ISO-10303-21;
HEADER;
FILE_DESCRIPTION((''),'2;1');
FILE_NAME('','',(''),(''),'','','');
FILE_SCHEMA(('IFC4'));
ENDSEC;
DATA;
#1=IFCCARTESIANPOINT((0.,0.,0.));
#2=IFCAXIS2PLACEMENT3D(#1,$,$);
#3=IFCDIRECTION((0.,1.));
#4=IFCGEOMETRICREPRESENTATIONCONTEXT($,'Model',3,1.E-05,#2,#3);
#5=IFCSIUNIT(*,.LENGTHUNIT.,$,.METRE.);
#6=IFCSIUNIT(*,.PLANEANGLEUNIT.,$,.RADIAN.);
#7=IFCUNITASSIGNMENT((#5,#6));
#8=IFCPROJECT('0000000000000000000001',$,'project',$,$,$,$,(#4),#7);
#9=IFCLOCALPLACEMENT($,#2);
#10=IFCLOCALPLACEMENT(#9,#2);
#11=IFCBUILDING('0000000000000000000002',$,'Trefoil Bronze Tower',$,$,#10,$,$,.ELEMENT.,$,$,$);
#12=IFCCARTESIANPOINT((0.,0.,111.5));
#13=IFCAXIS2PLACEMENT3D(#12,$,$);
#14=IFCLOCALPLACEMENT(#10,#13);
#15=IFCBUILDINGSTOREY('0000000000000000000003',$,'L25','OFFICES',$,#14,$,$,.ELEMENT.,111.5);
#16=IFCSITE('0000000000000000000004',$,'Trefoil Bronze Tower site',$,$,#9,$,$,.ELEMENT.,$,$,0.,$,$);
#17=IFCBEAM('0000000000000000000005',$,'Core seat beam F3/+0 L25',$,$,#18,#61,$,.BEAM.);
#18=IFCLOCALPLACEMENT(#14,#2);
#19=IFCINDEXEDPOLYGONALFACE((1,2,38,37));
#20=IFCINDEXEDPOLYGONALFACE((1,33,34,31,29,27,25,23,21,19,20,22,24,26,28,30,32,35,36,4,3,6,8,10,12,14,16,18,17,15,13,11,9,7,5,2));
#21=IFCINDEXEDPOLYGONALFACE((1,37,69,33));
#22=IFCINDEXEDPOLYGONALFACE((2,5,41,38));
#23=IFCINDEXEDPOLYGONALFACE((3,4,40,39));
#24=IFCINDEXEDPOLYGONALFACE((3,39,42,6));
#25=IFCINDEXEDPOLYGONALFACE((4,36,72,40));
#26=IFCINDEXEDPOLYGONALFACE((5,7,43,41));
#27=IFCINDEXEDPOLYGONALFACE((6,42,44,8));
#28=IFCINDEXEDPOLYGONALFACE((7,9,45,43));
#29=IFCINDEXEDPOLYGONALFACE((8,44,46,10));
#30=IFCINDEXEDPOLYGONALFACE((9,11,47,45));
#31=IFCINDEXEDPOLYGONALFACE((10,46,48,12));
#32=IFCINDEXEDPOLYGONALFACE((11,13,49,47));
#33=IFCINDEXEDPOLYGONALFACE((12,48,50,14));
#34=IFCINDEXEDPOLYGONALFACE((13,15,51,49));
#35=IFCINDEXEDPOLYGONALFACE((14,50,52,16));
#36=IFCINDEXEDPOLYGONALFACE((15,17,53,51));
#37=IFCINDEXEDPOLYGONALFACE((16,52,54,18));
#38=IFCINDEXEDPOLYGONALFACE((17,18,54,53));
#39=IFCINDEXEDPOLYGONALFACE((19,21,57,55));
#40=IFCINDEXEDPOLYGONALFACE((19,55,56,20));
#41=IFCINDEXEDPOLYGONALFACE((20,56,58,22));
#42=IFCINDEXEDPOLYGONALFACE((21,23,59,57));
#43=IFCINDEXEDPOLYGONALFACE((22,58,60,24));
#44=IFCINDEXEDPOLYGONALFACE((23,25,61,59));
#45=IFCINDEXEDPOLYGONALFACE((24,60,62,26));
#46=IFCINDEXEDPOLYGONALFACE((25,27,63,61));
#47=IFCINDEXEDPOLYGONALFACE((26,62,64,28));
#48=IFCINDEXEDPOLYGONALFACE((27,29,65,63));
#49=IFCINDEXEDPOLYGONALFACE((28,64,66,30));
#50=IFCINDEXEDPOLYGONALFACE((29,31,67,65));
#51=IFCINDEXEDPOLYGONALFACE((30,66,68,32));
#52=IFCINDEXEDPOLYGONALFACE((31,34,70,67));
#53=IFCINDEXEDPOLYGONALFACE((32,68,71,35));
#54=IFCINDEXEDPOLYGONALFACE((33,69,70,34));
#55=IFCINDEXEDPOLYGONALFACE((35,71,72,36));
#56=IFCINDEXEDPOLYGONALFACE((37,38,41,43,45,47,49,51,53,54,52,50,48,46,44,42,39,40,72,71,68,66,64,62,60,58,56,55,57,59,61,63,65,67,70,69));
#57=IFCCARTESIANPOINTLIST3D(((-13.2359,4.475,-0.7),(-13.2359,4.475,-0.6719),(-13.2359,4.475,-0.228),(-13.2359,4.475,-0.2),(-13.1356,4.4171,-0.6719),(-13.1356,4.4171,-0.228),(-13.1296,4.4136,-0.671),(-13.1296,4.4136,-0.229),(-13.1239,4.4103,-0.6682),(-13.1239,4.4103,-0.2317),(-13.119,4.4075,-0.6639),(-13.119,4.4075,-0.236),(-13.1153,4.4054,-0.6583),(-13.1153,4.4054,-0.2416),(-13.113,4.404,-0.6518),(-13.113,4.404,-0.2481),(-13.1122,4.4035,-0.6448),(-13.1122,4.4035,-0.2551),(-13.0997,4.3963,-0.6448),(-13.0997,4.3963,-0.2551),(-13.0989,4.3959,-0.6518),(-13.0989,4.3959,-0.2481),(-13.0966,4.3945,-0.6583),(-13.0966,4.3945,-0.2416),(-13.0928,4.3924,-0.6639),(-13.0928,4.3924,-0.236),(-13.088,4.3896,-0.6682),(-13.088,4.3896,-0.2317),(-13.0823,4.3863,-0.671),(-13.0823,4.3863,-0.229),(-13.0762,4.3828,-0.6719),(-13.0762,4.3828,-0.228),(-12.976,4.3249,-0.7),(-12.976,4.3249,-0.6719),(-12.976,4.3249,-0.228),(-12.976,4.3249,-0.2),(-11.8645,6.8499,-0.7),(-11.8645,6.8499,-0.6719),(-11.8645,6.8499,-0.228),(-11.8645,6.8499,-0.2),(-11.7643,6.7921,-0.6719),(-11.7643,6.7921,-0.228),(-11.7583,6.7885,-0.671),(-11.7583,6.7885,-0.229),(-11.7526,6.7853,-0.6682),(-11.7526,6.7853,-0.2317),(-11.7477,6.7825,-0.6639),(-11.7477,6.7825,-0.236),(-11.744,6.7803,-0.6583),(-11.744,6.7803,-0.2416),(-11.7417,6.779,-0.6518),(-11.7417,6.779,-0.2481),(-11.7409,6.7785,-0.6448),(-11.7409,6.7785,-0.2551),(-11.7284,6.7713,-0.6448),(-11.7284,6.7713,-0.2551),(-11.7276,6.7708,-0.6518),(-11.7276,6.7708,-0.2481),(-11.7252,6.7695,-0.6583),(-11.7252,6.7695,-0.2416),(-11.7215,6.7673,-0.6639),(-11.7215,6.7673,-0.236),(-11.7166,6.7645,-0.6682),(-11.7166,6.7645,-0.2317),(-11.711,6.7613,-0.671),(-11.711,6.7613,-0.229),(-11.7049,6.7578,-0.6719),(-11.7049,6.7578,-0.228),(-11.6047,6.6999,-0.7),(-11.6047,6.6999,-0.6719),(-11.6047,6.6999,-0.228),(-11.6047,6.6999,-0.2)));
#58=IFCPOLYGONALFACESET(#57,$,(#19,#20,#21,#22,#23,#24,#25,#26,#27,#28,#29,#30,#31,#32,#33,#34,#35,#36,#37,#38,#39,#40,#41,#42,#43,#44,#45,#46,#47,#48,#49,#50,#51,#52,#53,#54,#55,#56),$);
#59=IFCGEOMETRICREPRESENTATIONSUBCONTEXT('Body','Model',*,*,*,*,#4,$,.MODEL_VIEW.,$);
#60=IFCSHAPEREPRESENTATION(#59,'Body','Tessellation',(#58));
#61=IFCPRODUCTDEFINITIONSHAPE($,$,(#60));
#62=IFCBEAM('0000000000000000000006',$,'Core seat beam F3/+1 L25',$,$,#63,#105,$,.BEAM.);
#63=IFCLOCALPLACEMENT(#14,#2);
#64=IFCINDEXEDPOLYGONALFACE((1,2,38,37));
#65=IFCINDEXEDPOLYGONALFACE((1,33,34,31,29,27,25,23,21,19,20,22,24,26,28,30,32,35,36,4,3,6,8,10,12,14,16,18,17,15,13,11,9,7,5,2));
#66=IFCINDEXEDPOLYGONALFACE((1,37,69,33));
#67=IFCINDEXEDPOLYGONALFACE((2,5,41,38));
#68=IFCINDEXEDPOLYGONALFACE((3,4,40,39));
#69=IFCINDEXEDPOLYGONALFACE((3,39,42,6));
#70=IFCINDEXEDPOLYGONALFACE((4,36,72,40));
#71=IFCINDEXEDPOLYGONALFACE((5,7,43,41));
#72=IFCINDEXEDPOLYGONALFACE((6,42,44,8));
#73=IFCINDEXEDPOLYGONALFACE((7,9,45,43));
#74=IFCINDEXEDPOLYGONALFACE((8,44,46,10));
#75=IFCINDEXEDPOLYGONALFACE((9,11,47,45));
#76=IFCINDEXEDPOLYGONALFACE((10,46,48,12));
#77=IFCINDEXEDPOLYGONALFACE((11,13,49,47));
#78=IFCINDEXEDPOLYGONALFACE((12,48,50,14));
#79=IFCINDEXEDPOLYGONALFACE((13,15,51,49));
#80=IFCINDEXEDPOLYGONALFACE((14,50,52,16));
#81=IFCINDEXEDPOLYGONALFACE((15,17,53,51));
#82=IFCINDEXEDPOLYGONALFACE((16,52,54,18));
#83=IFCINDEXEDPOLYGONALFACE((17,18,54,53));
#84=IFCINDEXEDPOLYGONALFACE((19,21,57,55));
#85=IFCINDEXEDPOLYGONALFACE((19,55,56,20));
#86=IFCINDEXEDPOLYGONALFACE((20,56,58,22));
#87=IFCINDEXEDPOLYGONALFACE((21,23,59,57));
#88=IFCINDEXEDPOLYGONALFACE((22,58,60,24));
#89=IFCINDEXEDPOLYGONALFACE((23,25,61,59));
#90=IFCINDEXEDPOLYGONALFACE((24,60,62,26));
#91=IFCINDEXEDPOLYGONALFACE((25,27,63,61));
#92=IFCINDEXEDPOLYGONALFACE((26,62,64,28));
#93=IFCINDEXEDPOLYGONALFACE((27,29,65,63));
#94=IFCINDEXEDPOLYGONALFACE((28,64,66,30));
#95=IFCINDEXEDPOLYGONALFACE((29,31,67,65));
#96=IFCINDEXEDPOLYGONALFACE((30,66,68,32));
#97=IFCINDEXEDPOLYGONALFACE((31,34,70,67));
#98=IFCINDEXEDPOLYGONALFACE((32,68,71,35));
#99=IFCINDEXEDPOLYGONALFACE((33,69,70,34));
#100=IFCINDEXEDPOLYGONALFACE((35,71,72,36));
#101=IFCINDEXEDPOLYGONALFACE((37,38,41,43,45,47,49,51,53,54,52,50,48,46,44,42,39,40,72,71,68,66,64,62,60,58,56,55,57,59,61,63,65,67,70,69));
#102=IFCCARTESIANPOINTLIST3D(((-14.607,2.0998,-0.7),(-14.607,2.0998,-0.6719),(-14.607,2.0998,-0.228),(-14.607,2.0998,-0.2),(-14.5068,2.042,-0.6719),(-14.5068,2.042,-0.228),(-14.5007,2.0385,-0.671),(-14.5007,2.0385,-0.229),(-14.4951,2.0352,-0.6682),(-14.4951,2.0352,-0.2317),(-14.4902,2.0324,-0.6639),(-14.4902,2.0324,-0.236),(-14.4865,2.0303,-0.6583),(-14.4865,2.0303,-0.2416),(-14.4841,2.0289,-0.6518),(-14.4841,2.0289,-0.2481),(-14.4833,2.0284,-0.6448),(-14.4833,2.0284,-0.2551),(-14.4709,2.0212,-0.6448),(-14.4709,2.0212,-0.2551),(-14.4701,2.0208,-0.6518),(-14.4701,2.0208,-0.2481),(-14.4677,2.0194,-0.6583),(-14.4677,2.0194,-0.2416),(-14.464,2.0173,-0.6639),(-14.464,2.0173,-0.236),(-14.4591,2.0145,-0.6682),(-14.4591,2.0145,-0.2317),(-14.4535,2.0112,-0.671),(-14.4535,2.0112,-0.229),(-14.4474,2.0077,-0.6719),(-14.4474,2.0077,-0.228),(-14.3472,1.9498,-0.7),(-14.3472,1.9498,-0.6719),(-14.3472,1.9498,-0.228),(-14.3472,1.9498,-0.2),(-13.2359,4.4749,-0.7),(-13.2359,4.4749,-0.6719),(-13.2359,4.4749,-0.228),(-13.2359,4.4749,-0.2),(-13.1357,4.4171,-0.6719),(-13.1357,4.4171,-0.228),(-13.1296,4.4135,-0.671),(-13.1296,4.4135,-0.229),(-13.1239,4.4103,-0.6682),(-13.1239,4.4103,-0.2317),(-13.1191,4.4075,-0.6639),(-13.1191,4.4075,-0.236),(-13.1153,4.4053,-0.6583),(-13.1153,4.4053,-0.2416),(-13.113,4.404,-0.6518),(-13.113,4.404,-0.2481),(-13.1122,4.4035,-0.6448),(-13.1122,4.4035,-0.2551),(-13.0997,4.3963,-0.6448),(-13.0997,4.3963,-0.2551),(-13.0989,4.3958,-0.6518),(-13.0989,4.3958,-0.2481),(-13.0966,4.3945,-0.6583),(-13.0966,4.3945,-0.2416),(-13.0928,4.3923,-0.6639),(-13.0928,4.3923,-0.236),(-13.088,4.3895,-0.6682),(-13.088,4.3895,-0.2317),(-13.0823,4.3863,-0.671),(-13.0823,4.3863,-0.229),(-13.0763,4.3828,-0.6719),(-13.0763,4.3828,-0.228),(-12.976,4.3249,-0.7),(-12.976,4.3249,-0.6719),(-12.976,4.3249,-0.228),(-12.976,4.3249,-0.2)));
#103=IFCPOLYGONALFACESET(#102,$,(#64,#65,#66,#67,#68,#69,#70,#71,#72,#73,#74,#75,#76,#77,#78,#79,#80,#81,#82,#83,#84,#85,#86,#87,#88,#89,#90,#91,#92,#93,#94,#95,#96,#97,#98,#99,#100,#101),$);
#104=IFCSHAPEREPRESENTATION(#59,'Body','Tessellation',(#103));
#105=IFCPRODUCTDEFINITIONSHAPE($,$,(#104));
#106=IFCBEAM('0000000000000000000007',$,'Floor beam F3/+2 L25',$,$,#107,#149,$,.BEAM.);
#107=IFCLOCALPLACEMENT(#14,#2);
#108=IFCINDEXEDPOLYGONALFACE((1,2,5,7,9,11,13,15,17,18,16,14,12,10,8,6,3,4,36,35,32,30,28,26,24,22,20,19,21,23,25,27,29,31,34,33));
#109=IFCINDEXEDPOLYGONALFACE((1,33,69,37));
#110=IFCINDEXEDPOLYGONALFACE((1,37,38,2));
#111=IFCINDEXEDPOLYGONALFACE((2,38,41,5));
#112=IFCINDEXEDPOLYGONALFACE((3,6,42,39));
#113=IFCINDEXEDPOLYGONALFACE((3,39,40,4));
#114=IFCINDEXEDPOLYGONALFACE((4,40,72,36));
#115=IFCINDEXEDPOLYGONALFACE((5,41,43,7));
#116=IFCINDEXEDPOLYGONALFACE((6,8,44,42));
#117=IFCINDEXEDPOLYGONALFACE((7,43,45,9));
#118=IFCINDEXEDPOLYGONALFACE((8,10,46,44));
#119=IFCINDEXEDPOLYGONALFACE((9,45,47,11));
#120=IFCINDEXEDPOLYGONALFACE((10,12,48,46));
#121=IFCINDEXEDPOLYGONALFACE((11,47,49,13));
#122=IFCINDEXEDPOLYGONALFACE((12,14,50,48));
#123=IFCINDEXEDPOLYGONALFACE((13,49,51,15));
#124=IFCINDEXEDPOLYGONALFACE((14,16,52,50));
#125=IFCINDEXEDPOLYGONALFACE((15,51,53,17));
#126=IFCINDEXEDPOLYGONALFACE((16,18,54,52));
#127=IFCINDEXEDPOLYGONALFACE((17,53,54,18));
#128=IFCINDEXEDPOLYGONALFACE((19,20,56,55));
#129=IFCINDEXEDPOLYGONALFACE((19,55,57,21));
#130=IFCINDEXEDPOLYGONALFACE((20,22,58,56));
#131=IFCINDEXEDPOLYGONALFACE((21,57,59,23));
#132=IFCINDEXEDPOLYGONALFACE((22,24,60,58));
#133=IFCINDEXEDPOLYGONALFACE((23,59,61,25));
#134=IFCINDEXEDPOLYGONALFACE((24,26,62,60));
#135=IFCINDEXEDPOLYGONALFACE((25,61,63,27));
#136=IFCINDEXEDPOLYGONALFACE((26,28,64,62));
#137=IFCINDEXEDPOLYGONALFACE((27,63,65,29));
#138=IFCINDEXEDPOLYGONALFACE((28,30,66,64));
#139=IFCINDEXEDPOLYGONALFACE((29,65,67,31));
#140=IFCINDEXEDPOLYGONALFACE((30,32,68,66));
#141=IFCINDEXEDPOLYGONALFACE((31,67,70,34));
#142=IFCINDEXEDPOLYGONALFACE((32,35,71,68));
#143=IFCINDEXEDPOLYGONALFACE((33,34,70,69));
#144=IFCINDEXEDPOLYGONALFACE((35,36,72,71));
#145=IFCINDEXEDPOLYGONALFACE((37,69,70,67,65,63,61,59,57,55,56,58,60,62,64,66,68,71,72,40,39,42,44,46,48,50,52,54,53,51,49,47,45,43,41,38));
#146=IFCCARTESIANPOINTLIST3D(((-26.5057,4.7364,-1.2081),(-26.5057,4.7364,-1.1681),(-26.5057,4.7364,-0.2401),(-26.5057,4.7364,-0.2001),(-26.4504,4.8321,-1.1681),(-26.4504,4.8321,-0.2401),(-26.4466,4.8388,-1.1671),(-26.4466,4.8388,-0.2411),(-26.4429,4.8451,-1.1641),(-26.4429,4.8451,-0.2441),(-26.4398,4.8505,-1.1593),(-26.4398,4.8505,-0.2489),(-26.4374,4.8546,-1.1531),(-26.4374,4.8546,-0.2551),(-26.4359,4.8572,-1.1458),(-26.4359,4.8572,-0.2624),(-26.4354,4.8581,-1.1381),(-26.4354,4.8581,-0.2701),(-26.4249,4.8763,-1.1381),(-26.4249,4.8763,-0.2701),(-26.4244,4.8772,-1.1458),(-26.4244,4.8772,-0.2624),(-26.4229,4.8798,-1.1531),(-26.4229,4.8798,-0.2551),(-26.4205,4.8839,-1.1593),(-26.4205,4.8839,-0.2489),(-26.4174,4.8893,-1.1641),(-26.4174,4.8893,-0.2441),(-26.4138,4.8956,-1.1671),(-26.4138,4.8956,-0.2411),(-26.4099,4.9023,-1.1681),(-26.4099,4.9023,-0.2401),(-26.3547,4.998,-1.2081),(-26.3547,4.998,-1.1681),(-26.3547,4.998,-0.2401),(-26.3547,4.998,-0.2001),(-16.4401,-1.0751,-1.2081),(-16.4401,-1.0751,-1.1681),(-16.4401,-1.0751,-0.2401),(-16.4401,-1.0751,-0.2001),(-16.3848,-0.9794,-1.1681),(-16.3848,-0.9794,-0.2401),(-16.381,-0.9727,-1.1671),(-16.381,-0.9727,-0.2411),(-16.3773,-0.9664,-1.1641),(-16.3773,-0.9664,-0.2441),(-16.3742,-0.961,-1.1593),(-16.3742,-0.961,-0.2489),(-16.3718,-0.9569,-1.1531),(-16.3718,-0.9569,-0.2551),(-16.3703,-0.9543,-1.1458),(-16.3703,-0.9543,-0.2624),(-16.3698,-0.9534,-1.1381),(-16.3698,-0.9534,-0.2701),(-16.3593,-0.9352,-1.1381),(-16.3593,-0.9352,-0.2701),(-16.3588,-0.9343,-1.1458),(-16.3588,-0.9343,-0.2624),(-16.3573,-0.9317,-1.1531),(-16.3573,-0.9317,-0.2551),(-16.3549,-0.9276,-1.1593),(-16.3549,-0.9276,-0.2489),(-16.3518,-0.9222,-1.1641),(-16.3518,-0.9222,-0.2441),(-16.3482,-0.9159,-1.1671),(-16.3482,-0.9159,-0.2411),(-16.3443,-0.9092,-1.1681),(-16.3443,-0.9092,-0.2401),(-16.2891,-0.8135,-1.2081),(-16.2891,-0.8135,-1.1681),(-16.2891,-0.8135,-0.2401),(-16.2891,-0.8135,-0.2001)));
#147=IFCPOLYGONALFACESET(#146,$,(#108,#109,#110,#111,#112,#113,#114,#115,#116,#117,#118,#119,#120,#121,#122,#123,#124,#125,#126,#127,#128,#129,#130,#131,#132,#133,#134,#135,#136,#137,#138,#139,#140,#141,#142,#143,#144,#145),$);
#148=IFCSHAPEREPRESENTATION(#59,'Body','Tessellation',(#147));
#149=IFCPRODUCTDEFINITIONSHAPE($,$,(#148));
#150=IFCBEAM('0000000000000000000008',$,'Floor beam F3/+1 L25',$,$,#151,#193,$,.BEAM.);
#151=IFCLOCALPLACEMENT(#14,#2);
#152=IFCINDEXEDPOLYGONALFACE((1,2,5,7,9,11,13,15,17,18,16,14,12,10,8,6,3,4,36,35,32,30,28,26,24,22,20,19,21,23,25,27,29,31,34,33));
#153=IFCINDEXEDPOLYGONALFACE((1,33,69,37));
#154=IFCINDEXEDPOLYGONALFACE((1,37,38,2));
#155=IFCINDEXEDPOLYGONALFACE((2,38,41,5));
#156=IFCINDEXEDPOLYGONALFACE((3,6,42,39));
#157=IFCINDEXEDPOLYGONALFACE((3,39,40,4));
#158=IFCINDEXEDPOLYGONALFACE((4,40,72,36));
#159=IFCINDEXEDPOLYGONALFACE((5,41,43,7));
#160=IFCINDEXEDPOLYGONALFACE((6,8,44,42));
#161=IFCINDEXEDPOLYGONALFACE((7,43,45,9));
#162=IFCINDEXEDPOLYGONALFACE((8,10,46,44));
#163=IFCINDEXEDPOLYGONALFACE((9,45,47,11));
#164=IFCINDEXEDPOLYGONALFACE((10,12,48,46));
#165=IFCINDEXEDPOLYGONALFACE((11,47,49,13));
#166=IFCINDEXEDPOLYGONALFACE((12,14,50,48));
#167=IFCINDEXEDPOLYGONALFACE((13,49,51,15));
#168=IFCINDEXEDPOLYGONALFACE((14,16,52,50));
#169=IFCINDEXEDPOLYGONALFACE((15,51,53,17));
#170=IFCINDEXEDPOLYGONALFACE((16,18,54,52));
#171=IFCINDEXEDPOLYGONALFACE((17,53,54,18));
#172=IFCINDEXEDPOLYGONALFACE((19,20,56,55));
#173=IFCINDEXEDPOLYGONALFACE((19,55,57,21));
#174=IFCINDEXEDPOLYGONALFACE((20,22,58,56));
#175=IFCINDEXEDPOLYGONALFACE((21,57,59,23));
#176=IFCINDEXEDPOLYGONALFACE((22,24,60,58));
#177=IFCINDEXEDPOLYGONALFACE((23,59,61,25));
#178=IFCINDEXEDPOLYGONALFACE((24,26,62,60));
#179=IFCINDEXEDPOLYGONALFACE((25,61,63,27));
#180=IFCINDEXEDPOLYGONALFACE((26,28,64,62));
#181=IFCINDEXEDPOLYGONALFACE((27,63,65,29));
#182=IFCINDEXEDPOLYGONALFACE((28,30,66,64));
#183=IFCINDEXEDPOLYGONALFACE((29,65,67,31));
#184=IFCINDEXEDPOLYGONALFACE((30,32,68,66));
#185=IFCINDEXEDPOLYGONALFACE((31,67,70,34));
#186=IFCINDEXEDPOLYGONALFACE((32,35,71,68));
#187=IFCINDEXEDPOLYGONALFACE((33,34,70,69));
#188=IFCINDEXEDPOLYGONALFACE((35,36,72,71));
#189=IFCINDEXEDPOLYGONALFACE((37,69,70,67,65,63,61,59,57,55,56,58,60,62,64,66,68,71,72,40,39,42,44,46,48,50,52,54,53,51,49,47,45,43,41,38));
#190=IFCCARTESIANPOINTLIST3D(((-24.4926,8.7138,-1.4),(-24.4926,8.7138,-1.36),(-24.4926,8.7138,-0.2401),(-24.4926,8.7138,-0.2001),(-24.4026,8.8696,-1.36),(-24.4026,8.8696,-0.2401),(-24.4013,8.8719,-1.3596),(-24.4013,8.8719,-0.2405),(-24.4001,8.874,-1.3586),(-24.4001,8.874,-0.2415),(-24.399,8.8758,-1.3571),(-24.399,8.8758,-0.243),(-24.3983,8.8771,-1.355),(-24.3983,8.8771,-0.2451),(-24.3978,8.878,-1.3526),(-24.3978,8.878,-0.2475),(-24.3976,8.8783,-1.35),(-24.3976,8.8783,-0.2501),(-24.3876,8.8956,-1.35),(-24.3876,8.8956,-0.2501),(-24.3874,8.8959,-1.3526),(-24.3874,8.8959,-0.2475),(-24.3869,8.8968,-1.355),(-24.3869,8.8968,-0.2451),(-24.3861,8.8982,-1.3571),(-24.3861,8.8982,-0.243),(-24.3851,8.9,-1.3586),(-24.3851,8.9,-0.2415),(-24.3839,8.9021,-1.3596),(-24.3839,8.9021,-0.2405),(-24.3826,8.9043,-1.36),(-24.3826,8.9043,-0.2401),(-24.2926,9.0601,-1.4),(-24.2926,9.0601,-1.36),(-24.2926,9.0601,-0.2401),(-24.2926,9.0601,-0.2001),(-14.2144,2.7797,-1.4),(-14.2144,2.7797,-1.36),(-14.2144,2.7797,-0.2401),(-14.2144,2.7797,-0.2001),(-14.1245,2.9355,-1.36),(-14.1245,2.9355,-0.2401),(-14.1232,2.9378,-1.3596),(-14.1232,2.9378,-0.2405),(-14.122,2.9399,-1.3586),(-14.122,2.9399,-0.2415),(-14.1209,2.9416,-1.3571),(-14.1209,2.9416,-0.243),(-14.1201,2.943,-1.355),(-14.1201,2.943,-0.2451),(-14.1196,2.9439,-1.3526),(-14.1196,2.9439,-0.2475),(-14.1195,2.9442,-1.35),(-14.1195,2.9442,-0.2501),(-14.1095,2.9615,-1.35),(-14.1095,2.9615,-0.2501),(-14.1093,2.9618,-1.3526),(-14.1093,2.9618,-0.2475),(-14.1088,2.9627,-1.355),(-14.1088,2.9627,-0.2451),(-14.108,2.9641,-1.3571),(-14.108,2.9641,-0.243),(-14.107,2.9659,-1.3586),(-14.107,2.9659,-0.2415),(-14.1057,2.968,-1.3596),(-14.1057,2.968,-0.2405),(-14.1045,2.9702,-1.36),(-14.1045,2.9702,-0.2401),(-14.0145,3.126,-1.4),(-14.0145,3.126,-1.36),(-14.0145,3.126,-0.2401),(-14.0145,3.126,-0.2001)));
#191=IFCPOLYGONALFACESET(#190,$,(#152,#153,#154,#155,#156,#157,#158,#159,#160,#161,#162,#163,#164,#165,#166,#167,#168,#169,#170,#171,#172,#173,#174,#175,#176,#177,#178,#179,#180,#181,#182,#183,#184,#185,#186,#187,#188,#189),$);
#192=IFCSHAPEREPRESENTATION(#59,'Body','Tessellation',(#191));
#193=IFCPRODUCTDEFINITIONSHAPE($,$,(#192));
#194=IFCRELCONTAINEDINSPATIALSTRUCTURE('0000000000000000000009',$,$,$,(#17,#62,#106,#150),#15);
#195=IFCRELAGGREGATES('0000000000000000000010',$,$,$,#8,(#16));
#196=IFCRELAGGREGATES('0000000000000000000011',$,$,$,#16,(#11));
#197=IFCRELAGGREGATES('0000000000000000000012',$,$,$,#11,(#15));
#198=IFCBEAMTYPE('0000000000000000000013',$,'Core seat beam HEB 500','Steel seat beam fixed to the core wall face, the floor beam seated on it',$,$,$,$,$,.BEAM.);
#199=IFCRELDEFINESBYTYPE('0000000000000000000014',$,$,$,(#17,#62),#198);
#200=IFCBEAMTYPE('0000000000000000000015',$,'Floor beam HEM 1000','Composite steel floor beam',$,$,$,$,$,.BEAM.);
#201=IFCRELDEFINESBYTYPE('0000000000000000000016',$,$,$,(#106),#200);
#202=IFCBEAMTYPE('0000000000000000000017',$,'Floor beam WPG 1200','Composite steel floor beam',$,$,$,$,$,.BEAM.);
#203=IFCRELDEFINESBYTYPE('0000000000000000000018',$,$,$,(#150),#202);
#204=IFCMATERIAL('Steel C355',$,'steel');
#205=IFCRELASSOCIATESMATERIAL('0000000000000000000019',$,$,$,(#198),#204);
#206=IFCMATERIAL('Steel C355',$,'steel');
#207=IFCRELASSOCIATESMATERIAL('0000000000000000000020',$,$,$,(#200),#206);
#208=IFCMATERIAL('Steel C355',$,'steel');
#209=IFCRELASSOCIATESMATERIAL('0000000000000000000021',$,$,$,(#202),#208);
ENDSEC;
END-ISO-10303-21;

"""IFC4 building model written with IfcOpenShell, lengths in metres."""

from ifc_helpers import new_model, si_unit, direction, frame, origin, origin_2d, place, context, subcontext, project, spatial, i_section, extrude, material, material_profile, profile_set, type_object, element, save


model = new_model("IFC4")

# Units and contexts
model_context = context("Model", 3, precision=1e-05, world=origin(), true_north=direction((0.0, 1.0)))
body_context = subcontext(model_context, "Body", "Model", "MODEL_VIEW")
ifc_project = project(units=[si_unit("LENGTHUNIT", "METRE"), si_unit("PLANEANGLEUNIT", "RADIAN")], contexts=[model_context])

# Site, building, storey
site_placement = place(None, origin())
site = spatial("IfcSite", under=ifc_project, at=site_placement, Name="Trefoil Bronze Tower site", CompositionType="ELEMENT", RefElevation=0.0)
building_placement = place(site_placement, origin())
building = spatial("IfcBuilding", under=site, at=building_placement, Name="Trefoil Bronze Tower", CompositionType="ELEMENT")
storey_placement = place(building_placement, frame((0.0, 0.0, 111.5)))
storey = spatial("IfcBuildingStorey", under=building, at=storey_placement, Name="L25", Description="OFFICES", CompositionType="ELEMENT", Elevation=111.5)

# Beams
ifc_material_1 = material(Name="Steel C355", Category="steel")
ifc_material_profile_1 = material_profile(ifc_material_1, i_section(OverallWidth=0.3, OverallDepth=0.5, WebThickness=0.0144, FlangeThickness=0.0281, FilletRadius=0.0271, at=origin_2d()), Name="HEB 500")
ifc_profile_set_1 = profile_set([ifc_material_profile_1], Name="Steel C355")
beam_type_1 = type_object("IfcBeamType", Name="Core seat beam HEB 500", Description="Steel seat beam fixed to the core wall face, the floor beam seated on it", PredefinedType="BEAM", material=ifc_profile_set_1)
for number, where, z_axis, x_axis, name in (
    (1, (-11.7346, 6.7749, -0.45), (-0.500036, -0.866005, 0.0), (0.866005, -0.500036, 0.0), "Core seat beam F3/+0 L25"),
    (2, (-13.106, 4.3999, -0.45), (-0.499969, -0.866043, 0.0), (0.866043, -0.499969, 0.0), "Core seat beam F3/+1 L25"),
):
    element("IfcBeam", number, at=place(storey_placement, frame(where, z_axis=z_axis, x_axis=x_axis)), inside=storey, type_object=beam_type_1, Name=name, PredefinedType="BEAM", context=body_context, shape_type="SweptSolid", body=[
        extrude(i_section(OverallWidth=0.3, OverallDepth=0.5, WebThickness=0.0144, FlangeThickness=0.0281, FilletRadius=0.0271, at=origin_2d()), origin(), (0.0, 0.0, 1.0), 2.7424),
    ])
ifc_material_2 = material(Name="Steel C355", Category="steel")
ifc_material_profile_2 = material_profile(ifc_material_2, i_section(OverallWidth=0.302, OverallDepth=1.0081, WebThickness=0.021, FlangeThickness=0.04, FilletRadius=0.03, at=origin_2d()), Name="HEM 1000")
ifc_profile_set_2 = profile_set([ifc_material_profile_2], Name="Steel C355")
beam_type_2 = type_object("IfcBeamType", Name="Floor beam HEM 1000", Description="Composite steel floor beam", PredefinedType="BEAM", material=ifc_profile_set_2)
beam_1_placement = place(storey_placement, frame((-26.4302, 4.8672, -0.7041), z_axis=(0.866022, -0.500007, 0.0), x_axis=(0.500007, 0.866022, 0.0)))
element("IfcBeam", 3, at=beam_1_placement, inside=storey, type_object=beam_type_2, Name="Floor beam F3/+2 L25", PredefinedType="BEAM", context=body_context, shape_type="SweptSolid", body=[
    extrude(i_section(OverallWidth=0.302, OverallDepth=1.0081, WebThickness=0.021, FlangeThickness=0.04, FilletRadius=0.03, at=origin_2d()), origin(), (0.0, 0.0, 1.0), 11.6228),
])
ifc_material_3 = material(Name="Steel C355", Category="steel")
ifc_material_profile_3 = material_profile(ifc_material_3, i_section(OverallWidth=0.3999, OverallDepth=1.2, WebThickness=0.02, FlangeThickness=0.04, FilletRadius=0.01, at=origin_2d()), Name="WPG 1200")
ifc_profile_set_3 = profile_set([ifc_material_profile_3], Name="Steel C355")
beam_type_3 = type_object("IfcBeamType", Name="Floor beam WPG 1200", Description="Composite steel floor beam", PredefinedType="BEAM", material=ifc_profile_set_3)
beam_2_placement = place(storey_placement, frame((-24.3926, 8.887, -0.8), z_axis=(0.866024, -0.500002, 0.0), x_axis=(0.500002, 0.866024, 0.0)))
element("IfcBeam", 4, at=beam_2_placement, inside=storey, type_object=beam_type_3, Name="Floor beam F3/+1 L25", PredefinedType="BEAM", context=body_context, shape_type="SweptSolid", body=[
    extrude(i_section(OverallWidth=0.3999, OverallDepth=1.2, WebThickness=0.02, FlangeThickness=0.04, FilletRadius=0.01, at=origin_2d()), origin(), (0.0, 0.0, 1.0), 11.8682),
])

save(model, "model.ifc")
